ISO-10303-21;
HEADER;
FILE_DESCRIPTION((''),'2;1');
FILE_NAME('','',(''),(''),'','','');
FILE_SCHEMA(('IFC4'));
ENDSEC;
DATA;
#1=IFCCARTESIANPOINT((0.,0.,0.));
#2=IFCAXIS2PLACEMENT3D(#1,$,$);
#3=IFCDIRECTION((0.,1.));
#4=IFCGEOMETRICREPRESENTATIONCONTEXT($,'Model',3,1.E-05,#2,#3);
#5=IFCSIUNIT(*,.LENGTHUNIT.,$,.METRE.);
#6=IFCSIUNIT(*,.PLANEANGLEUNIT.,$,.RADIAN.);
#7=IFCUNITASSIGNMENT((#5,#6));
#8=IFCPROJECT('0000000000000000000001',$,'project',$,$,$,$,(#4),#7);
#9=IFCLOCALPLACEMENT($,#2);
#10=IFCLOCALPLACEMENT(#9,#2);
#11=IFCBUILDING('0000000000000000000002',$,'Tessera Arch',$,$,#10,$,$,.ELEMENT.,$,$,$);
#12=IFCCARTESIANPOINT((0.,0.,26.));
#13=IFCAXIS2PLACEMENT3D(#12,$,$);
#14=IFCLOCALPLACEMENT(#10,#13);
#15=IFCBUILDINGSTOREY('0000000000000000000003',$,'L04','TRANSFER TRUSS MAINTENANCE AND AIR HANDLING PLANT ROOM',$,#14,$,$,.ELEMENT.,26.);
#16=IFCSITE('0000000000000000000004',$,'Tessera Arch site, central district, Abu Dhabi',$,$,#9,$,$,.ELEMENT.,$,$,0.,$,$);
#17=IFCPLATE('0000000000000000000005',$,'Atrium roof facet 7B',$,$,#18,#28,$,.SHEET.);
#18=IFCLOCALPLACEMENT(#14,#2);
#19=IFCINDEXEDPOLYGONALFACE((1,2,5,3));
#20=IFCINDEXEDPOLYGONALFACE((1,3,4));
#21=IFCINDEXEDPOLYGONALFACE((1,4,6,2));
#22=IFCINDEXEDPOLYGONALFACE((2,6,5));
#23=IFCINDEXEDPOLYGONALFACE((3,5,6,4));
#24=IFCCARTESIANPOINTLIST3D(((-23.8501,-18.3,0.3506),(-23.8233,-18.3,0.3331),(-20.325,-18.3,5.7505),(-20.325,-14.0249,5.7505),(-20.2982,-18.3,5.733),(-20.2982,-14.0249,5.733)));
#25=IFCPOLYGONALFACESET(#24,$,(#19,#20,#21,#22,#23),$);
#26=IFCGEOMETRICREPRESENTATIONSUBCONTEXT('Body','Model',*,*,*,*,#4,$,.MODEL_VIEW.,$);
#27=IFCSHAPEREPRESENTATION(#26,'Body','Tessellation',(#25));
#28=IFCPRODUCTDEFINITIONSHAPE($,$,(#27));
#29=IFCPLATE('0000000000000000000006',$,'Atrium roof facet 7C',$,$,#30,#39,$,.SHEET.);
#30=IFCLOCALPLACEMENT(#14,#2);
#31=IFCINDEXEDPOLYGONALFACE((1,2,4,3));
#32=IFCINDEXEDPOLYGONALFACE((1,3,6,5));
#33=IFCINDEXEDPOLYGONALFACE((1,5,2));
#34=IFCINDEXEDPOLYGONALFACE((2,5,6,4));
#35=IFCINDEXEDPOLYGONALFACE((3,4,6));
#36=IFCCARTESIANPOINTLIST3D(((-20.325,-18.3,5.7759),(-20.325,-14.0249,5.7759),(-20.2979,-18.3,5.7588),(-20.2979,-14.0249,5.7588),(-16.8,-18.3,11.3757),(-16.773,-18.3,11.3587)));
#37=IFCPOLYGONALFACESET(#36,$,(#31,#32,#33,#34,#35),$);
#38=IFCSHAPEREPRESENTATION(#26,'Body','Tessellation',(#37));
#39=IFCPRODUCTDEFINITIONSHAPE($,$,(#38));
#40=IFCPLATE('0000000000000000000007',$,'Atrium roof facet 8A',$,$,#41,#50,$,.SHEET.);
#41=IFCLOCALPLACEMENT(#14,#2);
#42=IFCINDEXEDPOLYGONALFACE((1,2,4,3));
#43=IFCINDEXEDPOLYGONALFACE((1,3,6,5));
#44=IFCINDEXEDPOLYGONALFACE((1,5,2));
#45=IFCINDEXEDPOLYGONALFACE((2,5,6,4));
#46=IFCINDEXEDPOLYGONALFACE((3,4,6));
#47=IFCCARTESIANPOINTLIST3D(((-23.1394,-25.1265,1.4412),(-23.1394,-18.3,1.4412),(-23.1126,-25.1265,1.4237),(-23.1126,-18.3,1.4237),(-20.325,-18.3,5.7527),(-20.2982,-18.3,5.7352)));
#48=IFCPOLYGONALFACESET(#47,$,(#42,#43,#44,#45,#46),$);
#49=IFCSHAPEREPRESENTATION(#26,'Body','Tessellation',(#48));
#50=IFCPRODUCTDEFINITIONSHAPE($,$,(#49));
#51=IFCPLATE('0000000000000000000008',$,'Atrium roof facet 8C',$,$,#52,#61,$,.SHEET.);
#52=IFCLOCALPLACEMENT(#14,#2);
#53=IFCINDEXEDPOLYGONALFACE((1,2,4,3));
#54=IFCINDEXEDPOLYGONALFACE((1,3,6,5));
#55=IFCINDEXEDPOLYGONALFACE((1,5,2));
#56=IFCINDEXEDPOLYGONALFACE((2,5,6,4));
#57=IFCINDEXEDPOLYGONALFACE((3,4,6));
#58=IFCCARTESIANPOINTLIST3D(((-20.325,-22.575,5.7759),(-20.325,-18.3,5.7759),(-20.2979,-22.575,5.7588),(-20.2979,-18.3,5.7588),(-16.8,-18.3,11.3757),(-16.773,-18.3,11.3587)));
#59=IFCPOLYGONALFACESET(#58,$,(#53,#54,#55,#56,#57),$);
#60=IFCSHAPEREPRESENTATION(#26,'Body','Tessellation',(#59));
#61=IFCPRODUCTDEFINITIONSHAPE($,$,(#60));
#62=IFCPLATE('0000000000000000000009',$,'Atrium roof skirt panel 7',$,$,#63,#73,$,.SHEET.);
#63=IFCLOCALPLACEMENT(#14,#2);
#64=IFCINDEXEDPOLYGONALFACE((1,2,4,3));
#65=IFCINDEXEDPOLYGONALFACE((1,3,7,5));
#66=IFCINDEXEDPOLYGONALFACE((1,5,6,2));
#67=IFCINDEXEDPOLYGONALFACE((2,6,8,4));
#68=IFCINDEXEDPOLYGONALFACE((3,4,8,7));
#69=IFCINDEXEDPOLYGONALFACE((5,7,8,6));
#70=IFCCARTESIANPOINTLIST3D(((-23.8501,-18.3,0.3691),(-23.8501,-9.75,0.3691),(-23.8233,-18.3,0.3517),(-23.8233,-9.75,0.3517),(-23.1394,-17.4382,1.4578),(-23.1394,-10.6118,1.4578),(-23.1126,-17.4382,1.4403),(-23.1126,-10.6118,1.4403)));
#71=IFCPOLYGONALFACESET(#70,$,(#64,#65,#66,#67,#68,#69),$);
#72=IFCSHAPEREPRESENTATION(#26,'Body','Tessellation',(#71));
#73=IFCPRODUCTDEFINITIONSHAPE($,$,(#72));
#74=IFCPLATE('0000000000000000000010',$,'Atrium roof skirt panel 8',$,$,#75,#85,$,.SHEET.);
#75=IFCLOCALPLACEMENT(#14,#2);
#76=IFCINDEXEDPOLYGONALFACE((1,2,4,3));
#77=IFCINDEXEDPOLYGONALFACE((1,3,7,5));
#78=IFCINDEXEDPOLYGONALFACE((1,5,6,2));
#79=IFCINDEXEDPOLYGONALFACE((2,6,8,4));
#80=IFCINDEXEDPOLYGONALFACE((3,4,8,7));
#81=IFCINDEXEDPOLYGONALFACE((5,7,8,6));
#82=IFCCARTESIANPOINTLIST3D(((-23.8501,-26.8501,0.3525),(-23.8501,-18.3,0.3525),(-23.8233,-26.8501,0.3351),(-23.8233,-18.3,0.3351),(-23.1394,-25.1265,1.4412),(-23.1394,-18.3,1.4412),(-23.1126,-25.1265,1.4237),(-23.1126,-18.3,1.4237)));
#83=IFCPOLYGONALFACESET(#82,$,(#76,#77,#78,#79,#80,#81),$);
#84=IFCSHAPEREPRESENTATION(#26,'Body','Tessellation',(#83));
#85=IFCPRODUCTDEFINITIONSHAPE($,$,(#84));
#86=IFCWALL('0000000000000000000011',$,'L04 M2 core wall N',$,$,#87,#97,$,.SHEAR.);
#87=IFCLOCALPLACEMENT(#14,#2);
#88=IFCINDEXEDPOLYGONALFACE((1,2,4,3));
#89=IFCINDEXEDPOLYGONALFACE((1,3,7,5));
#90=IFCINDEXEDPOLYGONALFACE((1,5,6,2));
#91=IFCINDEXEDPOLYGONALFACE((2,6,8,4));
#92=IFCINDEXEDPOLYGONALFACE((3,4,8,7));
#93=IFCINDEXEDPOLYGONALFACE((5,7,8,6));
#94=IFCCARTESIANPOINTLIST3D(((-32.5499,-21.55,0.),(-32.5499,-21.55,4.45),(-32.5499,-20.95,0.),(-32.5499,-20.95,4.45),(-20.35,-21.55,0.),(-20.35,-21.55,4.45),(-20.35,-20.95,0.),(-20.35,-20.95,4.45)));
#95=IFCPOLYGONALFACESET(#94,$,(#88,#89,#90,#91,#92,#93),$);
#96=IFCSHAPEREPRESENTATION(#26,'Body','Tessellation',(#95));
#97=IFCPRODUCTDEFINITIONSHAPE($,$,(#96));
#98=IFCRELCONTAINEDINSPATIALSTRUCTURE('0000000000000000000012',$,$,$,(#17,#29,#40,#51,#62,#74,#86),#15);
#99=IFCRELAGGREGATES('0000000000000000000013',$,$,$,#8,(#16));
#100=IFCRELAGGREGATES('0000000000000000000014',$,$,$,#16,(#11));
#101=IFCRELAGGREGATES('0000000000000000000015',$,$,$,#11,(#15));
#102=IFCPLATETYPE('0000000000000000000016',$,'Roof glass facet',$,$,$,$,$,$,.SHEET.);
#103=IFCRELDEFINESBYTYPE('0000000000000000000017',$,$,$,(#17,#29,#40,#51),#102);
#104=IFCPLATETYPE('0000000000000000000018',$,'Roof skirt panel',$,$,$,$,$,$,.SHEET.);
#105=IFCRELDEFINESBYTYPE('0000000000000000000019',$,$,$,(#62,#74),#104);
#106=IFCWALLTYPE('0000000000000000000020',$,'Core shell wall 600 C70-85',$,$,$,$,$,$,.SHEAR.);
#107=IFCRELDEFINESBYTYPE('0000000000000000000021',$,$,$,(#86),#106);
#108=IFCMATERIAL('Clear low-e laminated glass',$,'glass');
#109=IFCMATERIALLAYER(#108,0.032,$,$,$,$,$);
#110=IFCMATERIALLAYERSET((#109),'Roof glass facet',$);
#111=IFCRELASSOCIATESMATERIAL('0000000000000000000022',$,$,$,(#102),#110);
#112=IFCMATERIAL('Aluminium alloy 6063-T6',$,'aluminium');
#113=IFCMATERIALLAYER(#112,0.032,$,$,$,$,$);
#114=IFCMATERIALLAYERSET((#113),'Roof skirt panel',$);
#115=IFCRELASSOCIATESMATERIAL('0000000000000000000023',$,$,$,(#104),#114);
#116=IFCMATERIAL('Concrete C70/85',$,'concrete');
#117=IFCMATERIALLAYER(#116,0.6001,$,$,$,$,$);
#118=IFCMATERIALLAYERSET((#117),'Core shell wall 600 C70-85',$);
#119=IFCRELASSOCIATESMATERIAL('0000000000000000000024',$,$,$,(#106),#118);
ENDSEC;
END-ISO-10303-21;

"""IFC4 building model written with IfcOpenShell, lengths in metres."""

from ifc_helpers import new_model, si_unit, direction, frame, frame_2d, origin, place, context, subcontext, project, spatial, polyline, rectangle, outline, extrude, material, layer, layer_set, type_object, element, save


model = new_model("IFC4")

# Units and contexts
model_context = context("Model", 3, precision=1e-05, world=origin(), true_north=direction((0.0, 1.0)))
body_context = subcontext(model_context, "Body", "Model", "MODEL_VIEW")
ifc_project = project(units=[si_unit("LENGTHUNIT", "METRE"), si_unit("PLANEANGLEUNIT", "RADIAN")], contexts=[model_context])

# Site, building, storey
site_placement = place(None, origin())
site = spatial("IfcSite", under=ifc_project, at=site_placement, Name="Tessera Arch site, central district, Abu Dhabi", CompositionType="ELEMENT", RefElevation=0.0)
building_placement = place(site_placement, origin())
building = spatial("IfcBuilding", under=site, at=building_placement, Name="Tessera Arch", CompositionType="ELEMENT")
storey_placement = place(building_placement, frame((0.0, 0.0, 26.0)))
storey = spatial("IfcBuildingStorey", under=building, at=storey_placement, Name="L04", Description="TRANSFER TRUSS MAINTENANCE AND AIR HANDLING PLANT ROOM", CompositionType="ELEMENT", Elevation=26.0)

# Plates
ifc_material_1 = material(Name="Clear low-e laminated glass", Category="glass")
ifc_layer_1 = layer(ifc_material_1, 0.032)
ifc_layer_set_1 = layer_set([ifc_layer_1], Name="Roof glass facet")
plate_type_1 = type_object("IfcPlateType", Name="Roof glass facet", PredefinedType="SHEET", material=ifc_layer_set_1)
plate_1_placement = place(storey_placement, frame((-23.8501, -18.3, 0.3506), z_axis=(-0.837364, 0.0, 0.546645), x_axis=(0.546645, 0.0, 0.837364)))
element("IfcPlate", 1, at=plate_1_placement, inside=storey, type_object=plate_type_1, Name="Atrium roof facet 7B", PredefinedType="SHEET", context=body_context, shape_type="SweptSolid", body=[
    extrude(outline(polyline([(0.0, 0.0), (6.4487, 0.0), (6.4487, 4.2751), (0.0, 0.0)])), origin(), (0.0, 0.0, -1.0), 0.032),
])
plate_2_placement = place(storey_placement, frame((-20.325, -14.0249, 5.7759), z_axis=(-0.846296, 0.0, 0.532712), x_axis=(0.0, -1.0, 0.0)))
element("IfcPlate", 2, at=plate_2_placement, inside=storey, type_object=plate_type_1, Name="Atrium roof facet 7C", PredefinedType="SHEET", context=body_context, shape_type="SweptSolid", body=[
    extrude(outline(polyline([(0.0, 0.0), (4.2751, 0.0), (4.2751, 6.6169), (0.0, 0.0)])), origin(), (0.0, 0.0, -1.0), 0.032),
])
plate_3_placement = place(storey_placement, frame((-23.1394, -18.3, 1.4412), z_axis=(-0.83738, 0.0, 0.546621), x_axis=(0.0, -1.0, 0.0)))
element("IfcPlate", 3, at=plate_3_placement, inside=storey, type_object=plate_type_1, Name="Atrium roof facet 8A", PredefinedType="SHEET", context=body_context, shape_type="SweptSolid", body=[
    extrude(outline(polyline([(0.0, 0.0), (6.8264, 0.0), (0.0, 5.1488), (0.0, 0.0)])), origin(), (0.0, 0.0, -1.0), 0.032),
])
plate_4_placement = place(storey_placement, frame((-20.325, -18.3, 5.7759), z_axis=(-0.846296, 0.0, 0.532712), x_axis=(0.0, -1.0, 0.0)))
element("IfcPlate", 4, at=plate_4_placement, inside=storey, type_object=plate_type_1, Name="Atrium roof facet 8C", PredefinedType="SHEET", context=body_context, shape_type="SweptSolid", body=[
    extrude(outline(polyline([(0.0, 0.0), (4.2749, 0.0), (0.0, 6.6169), (0.0, 0.0)])), origin(), (0.0, 0.0, -1.0), 0.032),
])
ifc_material_2 = material(Name="Aluminium alloy 6063-T6", Category="aluminium")
ifc_layer_2 = layer(ifc_material_2, 0.032)
ifc_layer_set_2 = layer_set([ifc_layer_2], Name="Roof skirt panel")
plate_type_2 = type_object("IfcPlateType", Name="Roof skirt panel", PredefinedType="SHEET", material=ifc_layer_set_2)
plate_5_placement = place(storey_placement, frame((-23.8501, -9.75, 0.3691), z_axis=(-0.837356, 0.0, 0.546657), x_axis=(0.0, -1.0, 0.0)))
element("IfcPlate", 5, at=plate_5_placement, inside=storey, type_object=plate_type_2, Name="Atrium roof skirt panel 7", PredefinedType="SHEET", context=body_context, shape_type="SweptSolid", body=[
    extrude(outline(polyline([(0.0, 0.0), (8.55, 0.0), (7.6882, 1.3001), (0.8618, 1.3001), (0.0, 0.0)])), origin(), (0.0, 0.0, -1.0), 0.032),
])
plate_6_placement = place(storey_placement, frame((-23.8501, -18.3, 0.3525), z_axis=(-0.837356, 0.0, 0.546657), x_axis=(0.0, -1.0, 0.0)))
element("IfcPlate", 6, at=plate_6_placement, inside=storey, type_object=plate_type_2, Name="Atrium roof skirt panel 8", PredefinedType="SHEET", context=body_context, shape_type="SweptSolid", body=[
    extrude(outline(polyline([(0.0, 0.0), (8.55, 0.0), (6.8264, 1.3001), (0.0, 1.3001), (0.0, 0.0)])), origin(), (0.0, 0.0, -1.0), 0.032),
])

# Wall
ifc_material_3 = material(Name="Concrete C70/85", Category="concrete")
ifc_layer_3 = layer(ifc_material_3, 0.6001)
ifc_layer_set_3 = layer_set([ifc_layer_3], Name="Core shell wall 600 C70-85")
wall_type = type_object("IfcWallType", Name="Core shell wall 600 C70-85", PredefinedType="SHEAR", material=ifc_layer_set_3)
wall_placement = place(storey_placement, frame((-32.55, -21.25, 0.0), z_axis=(0.0, 0.0, 1.0), x_axis=(1.0, 0.0, 0.0)))
element("IfcWall", 7, at=wall_placement, inside=storey, type_object=wall_type, Name="L04 M2 core wall N", PredefinedType="SHEAR", context=body_context, shape_type="SweptSolid", body=[
    extrude(rectangle(XDim=12.2, YDim=0.6001, at=frame_2d((6.1001, 0.0))), origin(), (0.0, 0.0, 1.0), 4.45),
])

save(model, "model.ifc")
